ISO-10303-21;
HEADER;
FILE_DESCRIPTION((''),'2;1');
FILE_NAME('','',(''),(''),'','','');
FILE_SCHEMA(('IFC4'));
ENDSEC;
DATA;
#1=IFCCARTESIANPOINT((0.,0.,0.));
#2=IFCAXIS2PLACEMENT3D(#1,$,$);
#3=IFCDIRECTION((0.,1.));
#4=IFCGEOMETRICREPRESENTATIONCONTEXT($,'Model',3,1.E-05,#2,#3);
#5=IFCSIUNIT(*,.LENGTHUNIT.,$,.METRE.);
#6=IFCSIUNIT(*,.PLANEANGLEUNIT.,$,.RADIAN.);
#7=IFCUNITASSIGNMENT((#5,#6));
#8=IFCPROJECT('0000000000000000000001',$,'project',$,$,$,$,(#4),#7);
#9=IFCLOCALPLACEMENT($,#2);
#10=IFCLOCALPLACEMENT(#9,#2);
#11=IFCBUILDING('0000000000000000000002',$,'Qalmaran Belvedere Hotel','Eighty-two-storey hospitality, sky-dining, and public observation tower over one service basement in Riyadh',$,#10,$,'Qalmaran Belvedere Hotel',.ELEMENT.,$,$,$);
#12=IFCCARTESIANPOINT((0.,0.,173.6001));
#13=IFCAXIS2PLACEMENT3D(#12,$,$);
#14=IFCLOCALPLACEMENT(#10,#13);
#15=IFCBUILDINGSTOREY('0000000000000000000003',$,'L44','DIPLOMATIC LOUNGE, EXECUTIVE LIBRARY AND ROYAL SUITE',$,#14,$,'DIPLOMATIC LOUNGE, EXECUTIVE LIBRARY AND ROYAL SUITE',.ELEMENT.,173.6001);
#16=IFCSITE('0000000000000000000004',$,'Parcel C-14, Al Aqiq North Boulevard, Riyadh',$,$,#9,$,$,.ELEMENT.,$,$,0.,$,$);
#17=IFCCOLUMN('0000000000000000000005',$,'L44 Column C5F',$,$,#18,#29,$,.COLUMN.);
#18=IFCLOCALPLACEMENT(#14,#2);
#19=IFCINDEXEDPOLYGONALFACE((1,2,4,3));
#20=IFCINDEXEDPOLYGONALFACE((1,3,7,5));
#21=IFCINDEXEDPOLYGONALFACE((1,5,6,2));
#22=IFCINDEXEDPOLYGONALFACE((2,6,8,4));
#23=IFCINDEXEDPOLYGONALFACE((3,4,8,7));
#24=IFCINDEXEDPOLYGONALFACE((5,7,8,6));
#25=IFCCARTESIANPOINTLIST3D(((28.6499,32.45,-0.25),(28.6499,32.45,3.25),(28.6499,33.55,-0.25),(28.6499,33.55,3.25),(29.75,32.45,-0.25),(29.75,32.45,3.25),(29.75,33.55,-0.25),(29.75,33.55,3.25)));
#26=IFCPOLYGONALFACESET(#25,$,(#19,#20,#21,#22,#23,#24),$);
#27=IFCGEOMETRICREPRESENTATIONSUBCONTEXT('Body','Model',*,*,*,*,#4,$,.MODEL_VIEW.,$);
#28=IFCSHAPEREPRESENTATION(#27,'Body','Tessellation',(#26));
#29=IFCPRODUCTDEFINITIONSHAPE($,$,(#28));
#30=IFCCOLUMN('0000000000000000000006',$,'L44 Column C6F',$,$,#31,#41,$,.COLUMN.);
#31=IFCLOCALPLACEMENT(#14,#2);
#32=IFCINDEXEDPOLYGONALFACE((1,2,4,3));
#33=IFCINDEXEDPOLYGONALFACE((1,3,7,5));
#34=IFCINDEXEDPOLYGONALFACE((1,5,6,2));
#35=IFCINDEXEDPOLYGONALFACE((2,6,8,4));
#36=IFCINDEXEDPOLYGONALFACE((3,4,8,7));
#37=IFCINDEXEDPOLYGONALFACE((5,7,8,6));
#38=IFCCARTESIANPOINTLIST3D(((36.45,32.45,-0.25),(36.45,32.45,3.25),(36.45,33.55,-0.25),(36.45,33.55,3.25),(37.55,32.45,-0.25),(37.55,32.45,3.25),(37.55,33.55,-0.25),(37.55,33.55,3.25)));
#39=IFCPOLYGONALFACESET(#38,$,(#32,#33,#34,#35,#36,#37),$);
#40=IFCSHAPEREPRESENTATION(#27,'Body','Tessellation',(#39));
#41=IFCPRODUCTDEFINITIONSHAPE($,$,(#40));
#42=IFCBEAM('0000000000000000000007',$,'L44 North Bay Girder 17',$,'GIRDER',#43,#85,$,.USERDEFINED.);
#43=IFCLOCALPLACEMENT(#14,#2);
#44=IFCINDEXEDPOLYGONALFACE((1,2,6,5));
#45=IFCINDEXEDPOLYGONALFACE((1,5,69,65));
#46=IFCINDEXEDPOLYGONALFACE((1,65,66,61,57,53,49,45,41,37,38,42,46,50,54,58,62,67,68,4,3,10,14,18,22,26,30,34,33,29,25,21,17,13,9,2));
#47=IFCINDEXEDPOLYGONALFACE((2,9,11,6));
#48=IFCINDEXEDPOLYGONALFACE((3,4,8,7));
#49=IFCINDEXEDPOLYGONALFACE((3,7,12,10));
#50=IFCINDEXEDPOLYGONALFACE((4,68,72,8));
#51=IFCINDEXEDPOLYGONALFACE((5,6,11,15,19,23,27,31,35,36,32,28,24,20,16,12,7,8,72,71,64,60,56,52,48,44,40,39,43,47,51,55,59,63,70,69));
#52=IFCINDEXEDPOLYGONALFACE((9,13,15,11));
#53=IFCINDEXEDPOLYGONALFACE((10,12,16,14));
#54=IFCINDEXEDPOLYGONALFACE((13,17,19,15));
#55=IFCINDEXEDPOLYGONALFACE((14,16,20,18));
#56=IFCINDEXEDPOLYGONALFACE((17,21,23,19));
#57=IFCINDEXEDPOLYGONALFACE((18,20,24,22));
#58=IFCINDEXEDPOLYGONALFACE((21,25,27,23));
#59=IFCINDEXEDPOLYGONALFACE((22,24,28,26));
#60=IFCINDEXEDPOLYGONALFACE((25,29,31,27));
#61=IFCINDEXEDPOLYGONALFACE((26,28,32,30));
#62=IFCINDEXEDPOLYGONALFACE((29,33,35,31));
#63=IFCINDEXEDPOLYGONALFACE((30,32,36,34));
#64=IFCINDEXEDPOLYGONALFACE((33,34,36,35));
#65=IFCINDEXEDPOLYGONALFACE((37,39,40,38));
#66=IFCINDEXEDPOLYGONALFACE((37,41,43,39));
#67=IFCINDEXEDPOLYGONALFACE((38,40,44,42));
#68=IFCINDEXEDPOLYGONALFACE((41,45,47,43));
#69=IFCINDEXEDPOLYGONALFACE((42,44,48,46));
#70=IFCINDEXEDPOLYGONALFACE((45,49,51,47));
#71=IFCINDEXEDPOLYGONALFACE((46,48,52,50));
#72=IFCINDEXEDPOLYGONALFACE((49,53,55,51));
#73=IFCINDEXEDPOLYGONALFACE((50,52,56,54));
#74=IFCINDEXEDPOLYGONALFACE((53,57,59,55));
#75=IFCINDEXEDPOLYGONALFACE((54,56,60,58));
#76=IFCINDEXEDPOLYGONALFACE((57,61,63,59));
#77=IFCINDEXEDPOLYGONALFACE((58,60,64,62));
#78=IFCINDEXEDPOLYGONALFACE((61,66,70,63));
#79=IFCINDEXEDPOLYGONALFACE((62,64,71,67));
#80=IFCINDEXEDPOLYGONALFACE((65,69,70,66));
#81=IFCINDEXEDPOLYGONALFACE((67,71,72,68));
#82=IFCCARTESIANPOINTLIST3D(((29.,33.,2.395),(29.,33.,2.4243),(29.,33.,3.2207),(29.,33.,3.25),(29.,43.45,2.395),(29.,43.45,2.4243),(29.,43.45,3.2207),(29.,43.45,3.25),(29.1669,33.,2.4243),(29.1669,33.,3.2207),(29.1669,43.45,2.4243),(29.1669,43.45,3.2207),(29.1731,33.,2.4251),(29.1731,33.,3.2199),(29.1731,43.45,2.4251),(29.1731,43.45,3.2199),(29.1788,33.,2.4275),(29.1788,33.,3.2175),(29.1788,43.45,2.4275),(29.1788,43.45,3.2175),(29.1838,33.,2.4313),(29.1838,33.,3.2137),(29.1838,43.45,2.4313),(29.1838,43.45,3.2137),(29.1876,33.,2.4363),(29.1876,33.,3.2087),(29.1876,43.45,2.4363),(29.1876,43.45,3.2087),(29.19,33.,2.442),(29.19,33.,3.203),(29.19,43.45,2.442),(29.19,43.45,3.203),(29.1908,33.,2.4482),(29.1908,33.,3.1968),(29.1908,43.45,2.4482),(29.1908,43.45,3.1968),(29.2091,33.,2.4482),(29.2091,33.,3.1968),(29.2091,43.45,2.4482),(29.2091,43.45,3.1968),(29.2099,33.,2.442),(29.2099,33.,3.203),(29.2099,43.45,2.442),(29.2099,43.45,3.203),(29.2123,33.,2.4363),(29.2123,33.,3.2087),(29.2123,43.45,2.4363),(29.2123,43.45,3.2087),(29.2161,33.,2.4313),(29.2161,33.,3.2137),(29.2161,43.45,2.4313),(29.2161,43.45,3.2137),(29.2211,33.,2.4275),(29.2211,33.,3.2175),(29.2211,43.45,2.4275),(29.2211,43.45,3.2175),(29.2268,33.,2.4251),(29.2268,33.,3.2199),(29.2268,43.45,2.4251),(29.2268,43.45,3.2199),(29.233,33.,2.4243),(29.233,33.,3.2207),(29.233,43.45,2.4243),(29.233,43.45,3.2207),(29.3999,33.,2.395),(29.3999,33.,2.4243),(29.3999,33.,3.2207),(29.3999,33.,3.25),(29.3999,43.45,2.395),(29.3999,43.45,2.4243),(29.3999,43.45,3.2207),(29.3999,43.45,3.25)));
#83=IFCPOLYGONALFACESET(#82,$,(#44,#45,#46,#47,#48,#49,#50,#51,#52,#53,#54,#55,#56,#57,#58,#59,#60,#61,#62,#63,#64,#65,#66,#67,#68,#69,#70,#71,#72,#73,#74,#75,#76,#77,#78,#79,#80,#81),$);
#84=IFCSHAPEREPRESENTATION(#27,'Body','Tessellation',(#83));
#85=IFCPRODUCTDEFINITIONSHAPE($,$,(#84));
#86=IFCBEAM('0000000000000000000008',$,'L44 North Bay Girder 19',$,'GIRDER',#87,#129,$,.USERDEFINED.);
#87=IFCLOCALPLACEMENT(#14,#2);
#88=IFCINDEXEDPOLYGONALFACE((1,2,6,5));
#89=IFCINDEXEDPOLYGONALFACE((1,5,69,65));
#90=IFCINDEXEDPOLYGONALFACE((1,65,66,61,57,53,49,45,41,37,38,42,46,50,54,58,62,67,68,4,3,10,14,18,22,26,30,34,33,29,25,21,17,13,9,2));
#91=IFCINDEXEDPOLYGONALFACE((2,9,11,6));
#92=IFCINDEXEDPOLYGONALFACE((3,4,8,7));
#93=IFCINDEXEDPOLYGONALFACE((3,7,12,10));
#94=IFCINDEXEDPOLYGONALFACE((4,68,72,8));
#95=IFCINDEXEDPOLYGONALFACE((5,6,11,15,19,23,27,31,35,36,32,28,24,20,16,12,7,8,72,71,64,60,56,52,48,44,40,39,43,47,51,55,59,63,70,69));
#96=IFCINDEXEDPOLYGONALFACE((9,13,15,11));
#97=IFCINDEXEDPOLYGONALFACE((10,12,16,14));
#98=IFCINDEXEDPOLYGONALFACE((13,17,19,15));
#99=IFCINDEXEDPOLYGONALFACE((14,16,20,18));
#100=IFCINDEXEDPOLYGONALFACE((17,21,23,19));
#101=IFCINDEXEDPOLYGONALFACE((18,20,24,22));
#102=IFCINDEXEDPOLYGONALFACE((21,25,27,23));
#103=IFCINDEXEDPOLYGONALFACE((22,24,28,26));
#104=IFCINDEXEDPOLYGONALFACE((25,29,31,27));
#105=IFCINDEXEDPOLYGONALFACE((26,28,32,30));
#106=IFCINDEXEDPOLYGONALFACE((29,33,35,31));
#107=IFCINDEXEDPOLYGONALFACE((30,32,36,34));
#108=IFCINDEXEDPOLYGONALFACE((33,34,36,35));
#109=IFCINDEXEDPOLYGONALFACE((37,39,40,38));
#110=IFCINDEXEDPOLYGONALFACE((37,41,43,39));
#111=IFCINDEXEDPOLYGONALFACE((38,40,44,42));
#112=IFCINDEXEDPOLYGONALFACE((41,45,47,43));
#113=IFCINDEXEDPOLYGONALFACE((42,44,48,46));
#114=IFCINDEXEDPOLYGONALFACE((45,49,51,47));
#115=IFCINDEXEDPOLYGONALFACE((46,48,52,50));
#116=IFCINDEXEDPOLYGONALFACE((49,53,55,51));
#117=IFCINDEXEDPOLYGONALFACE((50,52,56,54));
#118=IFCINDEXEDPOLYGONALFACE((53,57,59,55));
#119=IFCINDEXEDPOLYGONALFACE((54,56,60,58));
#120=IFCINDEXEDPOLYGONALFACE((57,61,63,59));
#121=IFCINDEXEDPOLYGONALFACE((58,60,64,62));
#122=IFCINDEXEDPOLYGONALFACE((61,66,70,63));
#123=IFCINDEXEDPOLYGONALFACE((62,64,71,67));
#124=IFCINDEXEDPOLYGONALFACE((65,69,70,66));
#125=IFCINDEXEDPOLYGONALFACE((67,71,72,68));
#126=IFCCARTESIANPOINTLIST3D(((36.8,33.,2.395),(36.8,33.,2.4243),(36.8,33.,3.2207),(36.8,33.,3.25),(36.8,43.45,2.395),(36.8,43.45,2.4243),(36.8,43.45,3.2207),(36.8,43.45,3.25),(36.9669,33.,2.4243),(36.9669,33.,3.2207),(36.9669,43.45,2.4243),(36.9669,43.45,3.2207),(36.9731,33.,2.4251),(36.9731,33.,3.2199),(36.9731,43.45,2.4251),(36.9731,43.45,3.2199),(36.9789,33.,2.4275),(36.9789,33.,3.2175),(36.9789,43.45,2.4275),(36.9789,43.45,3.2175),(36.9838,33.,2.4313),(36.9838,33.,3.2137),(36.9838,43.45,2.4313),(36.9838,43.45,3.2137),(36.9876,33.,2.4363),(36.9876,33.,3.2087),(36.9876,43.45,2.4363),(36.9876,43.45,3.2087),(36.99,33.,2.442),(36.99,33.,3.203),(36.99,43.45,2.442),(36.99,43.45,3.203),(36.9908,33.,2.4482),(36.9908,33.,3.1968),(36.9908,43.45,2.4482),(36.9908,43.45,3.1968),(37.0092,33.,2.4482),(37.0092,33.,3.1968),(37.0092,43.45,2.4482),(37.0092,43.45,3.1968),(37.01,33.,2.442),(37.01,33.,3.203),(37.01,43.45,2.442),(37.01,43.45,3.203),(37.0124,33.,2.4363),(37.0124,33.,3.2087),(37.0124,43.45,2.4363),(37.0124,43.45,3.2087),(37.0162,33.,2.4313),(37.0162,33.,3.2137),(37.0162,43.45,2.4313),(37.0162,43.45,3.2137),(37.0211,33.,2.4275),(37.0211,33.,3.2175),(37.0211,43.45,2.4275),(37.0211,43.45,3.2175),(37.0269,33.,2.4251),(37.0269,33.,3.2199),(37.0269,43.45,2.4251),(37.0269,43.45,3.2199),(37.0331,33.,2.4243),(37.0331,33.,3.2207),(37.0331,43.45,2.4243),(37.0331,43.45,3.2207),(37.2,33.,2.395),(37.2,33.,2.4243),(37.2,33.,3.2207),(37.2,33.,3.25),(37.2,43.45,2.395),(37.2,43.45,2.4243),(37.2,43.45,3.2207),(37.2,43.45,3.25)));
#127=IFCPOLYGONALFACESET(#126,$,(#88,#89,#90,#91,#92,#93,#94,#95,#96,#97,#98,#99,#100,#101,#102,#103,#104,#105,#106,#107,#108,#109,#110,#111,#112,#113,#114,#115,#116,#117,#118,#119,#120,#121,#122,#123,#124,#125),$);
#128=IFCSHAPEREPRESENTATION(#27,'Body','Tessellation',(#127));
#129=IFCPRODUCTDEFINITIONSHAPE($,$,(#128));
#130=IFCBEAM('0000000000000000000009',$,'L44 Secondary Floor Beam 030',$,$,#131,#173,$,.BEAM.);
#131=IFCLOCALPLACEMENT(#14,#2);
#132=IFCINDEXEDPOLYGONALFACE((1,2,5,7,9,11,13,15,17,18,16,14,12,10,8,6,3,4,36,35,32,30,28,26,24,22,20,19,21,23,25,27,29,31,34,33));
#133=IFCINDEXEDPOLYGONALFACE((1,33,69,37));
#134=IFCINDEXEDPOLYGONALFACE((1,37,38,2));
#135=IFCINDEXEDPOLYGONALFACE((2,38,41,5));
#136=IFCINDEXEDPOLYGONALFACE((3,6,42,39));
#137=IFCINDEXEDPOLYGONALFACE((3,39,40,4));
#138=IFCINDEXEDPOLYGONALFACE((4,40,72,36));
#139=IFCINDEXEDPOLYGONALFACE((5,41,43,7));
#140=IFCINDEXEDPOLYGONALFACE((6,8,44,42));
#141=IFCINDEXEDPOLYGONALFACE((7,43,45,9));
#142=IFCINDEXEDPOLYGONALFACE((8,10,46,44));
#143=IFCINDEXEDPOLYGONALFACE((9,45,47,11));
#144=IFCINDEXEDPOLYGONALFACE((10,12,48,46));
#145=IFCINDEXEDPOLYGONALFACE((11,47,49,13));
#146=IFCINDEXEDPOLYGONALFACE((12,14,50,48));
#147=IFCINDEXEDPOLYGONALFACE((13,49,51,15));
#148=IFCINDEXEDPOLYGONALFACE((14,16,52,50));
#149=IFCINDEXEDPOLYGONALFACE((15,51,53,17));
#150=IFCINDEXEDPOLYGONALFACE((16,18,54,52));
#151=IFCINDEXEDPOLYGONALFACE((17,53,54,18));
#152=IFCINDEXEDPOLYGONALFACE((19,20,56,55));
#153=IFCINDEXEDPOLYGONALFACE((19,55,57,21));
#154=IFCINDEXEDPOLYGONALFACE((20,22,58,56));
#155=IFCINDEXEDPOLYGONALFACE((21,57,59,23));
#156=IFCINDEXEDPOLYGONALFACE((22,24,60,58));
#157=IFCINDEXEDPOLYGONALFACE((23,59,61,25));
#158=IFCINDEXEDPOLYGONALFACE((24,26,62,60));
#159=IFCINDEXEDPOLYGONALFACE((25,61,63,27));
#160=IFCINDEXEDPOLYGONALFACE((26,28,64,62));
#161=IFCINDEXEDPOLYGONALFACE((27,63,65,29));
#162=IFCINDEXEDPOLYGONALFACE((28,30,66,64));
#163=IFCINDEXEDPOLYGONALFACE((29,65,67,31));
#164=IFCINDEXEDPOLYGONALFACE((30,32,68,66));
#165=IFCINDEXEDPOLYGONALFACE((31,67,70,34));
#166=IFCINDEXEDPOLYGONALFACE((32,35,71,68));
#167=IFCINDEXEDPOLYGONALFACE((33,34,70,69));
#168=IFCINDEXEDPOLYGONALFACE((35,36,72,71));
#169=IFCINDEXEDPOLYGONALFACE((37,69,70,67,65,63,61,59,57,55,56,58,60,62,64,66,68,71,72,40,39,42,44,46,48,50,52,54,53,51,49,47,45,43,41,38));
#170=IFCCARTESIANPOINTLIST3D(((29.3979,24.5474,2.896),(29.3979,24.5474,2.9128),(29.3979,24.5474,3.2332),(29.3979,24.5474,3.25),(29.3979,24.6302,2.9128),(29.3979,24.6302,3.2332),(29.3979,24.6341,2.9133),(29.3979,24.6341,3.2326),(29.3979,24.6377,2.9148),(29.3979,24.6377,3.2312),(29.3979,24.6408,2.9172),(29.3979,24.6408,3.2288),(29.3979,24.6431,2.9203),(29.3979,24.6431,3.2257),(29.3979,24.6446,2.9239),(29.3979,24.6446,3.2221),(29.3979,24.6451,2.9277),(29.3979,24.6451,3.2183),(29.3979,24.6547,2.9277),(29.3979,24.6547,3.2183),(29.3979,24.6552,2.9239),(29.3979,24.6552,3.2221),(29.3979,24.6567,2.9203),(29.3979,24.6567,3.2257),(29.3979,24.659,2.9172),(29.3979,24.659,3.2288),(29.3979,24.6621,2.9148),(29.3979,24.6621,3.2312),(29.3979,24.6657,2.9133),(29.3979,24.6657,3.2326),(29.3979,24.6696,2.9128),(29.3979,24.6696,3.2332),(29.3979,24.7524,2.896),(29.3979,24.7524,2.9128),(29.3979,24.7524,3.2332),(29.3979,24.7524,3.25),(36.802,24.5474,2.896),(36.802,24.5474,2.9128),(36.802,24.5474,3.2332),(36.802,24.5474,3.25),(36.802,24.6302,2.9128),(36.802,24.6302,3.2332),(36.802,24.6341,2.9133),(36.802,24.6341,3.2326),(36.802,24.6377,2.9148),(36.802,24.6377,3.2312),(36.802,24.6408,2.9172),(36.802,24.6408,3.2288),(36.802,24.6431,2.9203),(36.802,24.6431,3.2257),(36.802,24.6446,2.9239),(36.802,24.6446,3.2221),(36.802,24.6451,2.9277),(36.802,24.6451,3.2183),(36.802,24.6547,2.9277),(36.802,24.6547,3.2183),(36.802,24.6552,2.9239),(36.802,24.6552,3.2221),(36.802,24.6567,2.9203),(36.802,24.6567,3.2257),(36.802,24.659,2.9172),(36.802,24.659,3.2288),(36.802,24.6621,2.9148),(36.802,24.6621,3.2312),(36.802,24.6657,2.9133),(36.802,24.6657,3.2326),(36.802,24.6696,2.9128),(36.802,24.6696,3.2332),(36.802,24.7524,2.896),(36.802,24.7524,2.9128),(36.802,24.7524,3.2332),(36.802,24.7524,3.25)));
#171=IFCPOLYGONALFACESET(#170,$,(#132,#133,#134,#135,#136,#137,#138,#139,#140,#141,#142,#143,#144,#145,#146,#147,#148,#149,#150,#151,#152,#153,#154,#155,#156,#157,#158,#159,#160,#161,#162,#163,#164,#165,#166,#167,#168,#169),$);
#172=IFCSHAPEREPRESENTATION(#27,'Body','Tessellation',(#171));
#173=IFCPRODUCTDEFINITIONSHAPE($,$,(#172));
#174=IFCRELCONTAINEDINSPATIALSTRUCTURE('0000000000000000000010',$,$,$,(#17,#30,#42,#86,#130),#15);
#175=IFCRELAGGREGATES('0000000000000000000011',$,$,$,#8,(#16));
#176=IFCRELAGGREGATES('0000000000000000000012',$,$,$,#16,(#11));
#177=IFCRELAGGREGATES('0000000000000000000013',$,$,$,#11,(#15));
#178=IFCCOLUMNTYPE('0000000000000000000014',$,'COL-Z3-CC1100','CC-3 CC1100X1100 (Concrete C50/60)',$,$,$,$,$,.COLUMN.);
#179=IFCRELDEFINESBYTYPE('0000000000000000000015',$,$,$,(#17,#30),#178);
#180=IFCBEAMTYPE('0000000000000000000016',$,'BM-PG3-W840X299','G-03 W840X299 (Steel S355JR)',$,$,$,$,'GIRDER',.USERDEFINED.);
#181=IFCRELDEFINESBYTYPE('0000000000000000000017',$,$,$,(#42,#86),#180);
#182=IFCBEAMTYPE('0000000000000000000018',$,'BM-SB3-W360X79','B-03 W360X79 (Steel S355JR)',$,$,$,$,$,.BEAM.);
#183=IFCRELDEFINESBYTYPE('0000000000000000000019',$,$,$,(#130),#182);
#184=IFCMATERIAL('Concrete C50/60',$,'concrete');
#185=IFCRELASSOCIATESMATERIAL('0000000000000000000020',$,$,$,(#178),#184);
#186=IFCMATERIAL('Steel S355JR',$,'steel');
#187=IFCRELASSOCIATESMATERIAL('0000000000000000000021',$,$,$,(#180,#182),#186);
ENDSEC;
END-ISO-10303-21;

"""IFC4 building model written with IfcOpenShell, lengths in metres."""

from ifc_helpers import new_model, si_unit, direction, frame, origin, origin_2d, place, context, subcontext, project, spatial, rectangle, i_section, extrude, material, material_profile, profile_set, type_object, element, save


model = new_model("IFC4")

# Units and contexts
model_context = context("Model", 3, precision=1e-05, world=origin(), true_north=direction((0.0, 1.0)))
body_context = subcontext(model_context, "Body", "Model", "MODEL_VIEW")
ifc_project = project(units=[si_unit("LENGTHUNIT", "METRE"), si_unit("PLANEANGLEUNIT", "RADIAN")], contexts=[model_context])

# Site, building, storey
site_placement = place(None, origin())
site = spatial("IfcSite", under=ifc_project, at=site_placement, Name="Parcel C-14, Al Aqiq North Boulevard, Riyadh", CompositionType="ELEMENT", RefElevation=0.0)
building_placement = place(site_placement, origin())
building = spatial("IfcBuilding", under=site, at=building_placement, Name="Qalmaran Belvedere Hotel", Description="Eighty-two-storey hospitality, sky-dining, and public observation tower over one service basement in Riyadh", LongName="Qalmaran Belvedere Hotel", CompositionType="ELEMENT")
storey_placement = place(building_placement, frame((0.0, 0.0, 173.6001)))
storey = spatial("IfcBuildingStorey", under=building, at=storey_placement, Name="L44", Description="DIPLOMATIC LOUNGE, EXECUTIVE LIBRARY AND ROYAL SUITE", LongName="DIPLOMATIC LOUNGE, EXECUTIVE LIBRARY AND ROYAL SUITE", CompositionType="ELEMENT", Elevation=173.6001)

# Columns
ifc_material_1 = material(Name="Concrete C50/60", Category="concrete")
ifc_material_profile_1 = material_profile(ifc_material_1, rectangle(XDim=1.1001, YDim=1.1001, at=origin_2d()), Name="CC1100X1100")
ifc_profile_set_1 = profile_set([ifc_material_profile_1], Name="Concrete C50/60")
column_type = type_object("IfcColumnType", Name="COL-Z3-CC1100", Description="CC-3 CC1100X1100 (Concrete C50/60)", PredefinedType="COLUMN", material=ifc_profile_set_1)
for number, where, z_axis, x_axis, name in (
    (1, (29.2, 33.0, -0.25), (0.0, 0.0, 1.0), (1.0, 0.0, 0.0), "L44 Column C5F"),
    (2, (37.0, 33.0, -0.25), (0.0, 0.0, 1.0), (1.0, 0.0, 0.0), "L44 Column C6F"),
):
    element("IfcColumn", number, at=place(storey_placement, frame(where, z_axis=z_axis, x_axis=x_axis)), inside=storey, type_object=column_type, Name=name, PredefinedType="COLUMN", context=body_context, shape_type="SweptSolid", body=[
        extrude(rectangle(XDim=1.1001, YDim=1.1001, at=origin_2d()), origin(), (0.0, 0.0, 1.0), 3.5),
    ])

# Beams
ifc_material_2 = material(Name="Steel S355JR", Category="steel")
ifc_material_profile_2 = material_profile(ifc_material_2, i_section(OverallWidth=0.3999, OverallDepth=0.855, WebThickness=0.0183, FlangeThickness=0.0293, FilletRadius=0.0239, at=origin_2d()), Name="W840X299")
ifc_profile_set_2 = profile_set([ifc_material_profile_2], Name="Steel S355JR")
beam_type_1 = type_object("IfcBeamType", Name="BM-PG3-W840X299", Description="G-03 W840X299 (Steel S355JR)", ElementType="GIRDER", PredefinedType="USERDEFINED", material=ifc_profile_set_2)
for number, where, z_axis, x_axis, name in (
    (3, (29.2, 33.0, 2.8225), (0.0, 1.0, 0.0), (-1.0, 0.0, 0.0), "L44 North Bay Girder 17"),
    (4, (37.0, 33.0, 2.8225), (0.0, 1.0, 0.0), (-1.0, 0.0, 0.0), "L44 North Bay Girder 19"),
):
    element("IfcBeam", number, at=place(storey_placement, frame(where, z_axis=z_axis, x_axis=x_axis)), inside=storey, type_object=beam_type_1, Name=name, ObjectType="GIRDER", PredefinedType="USERDEFINED", context=body_context, shape_type="SweptSolid", body=[
        extrude(i_section(OverallWidth=0.3999, OverallDepth=0.855, WebThickness=0.0183, FlangeThickness=0.0293, FilletRadius=0.0239, at=origin_2d()), origin(), (0.0, 0.0, 1.0), 10.45),
    ])
ifc_material_profile_3 = material_profile(ifc_material_2, i_section(OverallWidth=0.2051, OverallDepth=0.354, WebThickness=0.0095, FlangeThickness=0.0168, FilletRadius=0.0149, at=origin_2d()), Name="W360X79")
ifc_profile_set_3 = profile_set([ifc_material_profile_3], Name="Steel S355JR")
beam_type_2 = type_object("IfcBeamType", Name="BM-SB3-W360X79", Description="B-03 W360X79 (Steel S355JR)", PredefinedType="BEAM", material=ifc_profile_set_3)
for number, where, z_axis, x_axis, name in (
    (5, (29.3979, 24.6499, 3.073), (1.0, 0.0, 0.0), (0.0, 1.0, 0.0), "L44 Secondary Floor Beam 030"),
):
    element("IfcBeam", number, at=place(storey_placement, frame(where, z_axis=z_axis, x_axis=x_axis)), inside=storey, type_object=beam_type_2, Name=name, PredefinedType="BEAM", context=body_context, shape_type="SweptSolid", body=[
        extrude(i_section(OverallWidth=0.2051, OverallDepth=0.354, WebThickness=0.0095, FlangeThickness=0.0168, FilletRadius=0.0149, at=origin_2d()), origin(), (0.0, 0.0, 1.0), 7.4041),
    ])

save(model, "model.ifc")
